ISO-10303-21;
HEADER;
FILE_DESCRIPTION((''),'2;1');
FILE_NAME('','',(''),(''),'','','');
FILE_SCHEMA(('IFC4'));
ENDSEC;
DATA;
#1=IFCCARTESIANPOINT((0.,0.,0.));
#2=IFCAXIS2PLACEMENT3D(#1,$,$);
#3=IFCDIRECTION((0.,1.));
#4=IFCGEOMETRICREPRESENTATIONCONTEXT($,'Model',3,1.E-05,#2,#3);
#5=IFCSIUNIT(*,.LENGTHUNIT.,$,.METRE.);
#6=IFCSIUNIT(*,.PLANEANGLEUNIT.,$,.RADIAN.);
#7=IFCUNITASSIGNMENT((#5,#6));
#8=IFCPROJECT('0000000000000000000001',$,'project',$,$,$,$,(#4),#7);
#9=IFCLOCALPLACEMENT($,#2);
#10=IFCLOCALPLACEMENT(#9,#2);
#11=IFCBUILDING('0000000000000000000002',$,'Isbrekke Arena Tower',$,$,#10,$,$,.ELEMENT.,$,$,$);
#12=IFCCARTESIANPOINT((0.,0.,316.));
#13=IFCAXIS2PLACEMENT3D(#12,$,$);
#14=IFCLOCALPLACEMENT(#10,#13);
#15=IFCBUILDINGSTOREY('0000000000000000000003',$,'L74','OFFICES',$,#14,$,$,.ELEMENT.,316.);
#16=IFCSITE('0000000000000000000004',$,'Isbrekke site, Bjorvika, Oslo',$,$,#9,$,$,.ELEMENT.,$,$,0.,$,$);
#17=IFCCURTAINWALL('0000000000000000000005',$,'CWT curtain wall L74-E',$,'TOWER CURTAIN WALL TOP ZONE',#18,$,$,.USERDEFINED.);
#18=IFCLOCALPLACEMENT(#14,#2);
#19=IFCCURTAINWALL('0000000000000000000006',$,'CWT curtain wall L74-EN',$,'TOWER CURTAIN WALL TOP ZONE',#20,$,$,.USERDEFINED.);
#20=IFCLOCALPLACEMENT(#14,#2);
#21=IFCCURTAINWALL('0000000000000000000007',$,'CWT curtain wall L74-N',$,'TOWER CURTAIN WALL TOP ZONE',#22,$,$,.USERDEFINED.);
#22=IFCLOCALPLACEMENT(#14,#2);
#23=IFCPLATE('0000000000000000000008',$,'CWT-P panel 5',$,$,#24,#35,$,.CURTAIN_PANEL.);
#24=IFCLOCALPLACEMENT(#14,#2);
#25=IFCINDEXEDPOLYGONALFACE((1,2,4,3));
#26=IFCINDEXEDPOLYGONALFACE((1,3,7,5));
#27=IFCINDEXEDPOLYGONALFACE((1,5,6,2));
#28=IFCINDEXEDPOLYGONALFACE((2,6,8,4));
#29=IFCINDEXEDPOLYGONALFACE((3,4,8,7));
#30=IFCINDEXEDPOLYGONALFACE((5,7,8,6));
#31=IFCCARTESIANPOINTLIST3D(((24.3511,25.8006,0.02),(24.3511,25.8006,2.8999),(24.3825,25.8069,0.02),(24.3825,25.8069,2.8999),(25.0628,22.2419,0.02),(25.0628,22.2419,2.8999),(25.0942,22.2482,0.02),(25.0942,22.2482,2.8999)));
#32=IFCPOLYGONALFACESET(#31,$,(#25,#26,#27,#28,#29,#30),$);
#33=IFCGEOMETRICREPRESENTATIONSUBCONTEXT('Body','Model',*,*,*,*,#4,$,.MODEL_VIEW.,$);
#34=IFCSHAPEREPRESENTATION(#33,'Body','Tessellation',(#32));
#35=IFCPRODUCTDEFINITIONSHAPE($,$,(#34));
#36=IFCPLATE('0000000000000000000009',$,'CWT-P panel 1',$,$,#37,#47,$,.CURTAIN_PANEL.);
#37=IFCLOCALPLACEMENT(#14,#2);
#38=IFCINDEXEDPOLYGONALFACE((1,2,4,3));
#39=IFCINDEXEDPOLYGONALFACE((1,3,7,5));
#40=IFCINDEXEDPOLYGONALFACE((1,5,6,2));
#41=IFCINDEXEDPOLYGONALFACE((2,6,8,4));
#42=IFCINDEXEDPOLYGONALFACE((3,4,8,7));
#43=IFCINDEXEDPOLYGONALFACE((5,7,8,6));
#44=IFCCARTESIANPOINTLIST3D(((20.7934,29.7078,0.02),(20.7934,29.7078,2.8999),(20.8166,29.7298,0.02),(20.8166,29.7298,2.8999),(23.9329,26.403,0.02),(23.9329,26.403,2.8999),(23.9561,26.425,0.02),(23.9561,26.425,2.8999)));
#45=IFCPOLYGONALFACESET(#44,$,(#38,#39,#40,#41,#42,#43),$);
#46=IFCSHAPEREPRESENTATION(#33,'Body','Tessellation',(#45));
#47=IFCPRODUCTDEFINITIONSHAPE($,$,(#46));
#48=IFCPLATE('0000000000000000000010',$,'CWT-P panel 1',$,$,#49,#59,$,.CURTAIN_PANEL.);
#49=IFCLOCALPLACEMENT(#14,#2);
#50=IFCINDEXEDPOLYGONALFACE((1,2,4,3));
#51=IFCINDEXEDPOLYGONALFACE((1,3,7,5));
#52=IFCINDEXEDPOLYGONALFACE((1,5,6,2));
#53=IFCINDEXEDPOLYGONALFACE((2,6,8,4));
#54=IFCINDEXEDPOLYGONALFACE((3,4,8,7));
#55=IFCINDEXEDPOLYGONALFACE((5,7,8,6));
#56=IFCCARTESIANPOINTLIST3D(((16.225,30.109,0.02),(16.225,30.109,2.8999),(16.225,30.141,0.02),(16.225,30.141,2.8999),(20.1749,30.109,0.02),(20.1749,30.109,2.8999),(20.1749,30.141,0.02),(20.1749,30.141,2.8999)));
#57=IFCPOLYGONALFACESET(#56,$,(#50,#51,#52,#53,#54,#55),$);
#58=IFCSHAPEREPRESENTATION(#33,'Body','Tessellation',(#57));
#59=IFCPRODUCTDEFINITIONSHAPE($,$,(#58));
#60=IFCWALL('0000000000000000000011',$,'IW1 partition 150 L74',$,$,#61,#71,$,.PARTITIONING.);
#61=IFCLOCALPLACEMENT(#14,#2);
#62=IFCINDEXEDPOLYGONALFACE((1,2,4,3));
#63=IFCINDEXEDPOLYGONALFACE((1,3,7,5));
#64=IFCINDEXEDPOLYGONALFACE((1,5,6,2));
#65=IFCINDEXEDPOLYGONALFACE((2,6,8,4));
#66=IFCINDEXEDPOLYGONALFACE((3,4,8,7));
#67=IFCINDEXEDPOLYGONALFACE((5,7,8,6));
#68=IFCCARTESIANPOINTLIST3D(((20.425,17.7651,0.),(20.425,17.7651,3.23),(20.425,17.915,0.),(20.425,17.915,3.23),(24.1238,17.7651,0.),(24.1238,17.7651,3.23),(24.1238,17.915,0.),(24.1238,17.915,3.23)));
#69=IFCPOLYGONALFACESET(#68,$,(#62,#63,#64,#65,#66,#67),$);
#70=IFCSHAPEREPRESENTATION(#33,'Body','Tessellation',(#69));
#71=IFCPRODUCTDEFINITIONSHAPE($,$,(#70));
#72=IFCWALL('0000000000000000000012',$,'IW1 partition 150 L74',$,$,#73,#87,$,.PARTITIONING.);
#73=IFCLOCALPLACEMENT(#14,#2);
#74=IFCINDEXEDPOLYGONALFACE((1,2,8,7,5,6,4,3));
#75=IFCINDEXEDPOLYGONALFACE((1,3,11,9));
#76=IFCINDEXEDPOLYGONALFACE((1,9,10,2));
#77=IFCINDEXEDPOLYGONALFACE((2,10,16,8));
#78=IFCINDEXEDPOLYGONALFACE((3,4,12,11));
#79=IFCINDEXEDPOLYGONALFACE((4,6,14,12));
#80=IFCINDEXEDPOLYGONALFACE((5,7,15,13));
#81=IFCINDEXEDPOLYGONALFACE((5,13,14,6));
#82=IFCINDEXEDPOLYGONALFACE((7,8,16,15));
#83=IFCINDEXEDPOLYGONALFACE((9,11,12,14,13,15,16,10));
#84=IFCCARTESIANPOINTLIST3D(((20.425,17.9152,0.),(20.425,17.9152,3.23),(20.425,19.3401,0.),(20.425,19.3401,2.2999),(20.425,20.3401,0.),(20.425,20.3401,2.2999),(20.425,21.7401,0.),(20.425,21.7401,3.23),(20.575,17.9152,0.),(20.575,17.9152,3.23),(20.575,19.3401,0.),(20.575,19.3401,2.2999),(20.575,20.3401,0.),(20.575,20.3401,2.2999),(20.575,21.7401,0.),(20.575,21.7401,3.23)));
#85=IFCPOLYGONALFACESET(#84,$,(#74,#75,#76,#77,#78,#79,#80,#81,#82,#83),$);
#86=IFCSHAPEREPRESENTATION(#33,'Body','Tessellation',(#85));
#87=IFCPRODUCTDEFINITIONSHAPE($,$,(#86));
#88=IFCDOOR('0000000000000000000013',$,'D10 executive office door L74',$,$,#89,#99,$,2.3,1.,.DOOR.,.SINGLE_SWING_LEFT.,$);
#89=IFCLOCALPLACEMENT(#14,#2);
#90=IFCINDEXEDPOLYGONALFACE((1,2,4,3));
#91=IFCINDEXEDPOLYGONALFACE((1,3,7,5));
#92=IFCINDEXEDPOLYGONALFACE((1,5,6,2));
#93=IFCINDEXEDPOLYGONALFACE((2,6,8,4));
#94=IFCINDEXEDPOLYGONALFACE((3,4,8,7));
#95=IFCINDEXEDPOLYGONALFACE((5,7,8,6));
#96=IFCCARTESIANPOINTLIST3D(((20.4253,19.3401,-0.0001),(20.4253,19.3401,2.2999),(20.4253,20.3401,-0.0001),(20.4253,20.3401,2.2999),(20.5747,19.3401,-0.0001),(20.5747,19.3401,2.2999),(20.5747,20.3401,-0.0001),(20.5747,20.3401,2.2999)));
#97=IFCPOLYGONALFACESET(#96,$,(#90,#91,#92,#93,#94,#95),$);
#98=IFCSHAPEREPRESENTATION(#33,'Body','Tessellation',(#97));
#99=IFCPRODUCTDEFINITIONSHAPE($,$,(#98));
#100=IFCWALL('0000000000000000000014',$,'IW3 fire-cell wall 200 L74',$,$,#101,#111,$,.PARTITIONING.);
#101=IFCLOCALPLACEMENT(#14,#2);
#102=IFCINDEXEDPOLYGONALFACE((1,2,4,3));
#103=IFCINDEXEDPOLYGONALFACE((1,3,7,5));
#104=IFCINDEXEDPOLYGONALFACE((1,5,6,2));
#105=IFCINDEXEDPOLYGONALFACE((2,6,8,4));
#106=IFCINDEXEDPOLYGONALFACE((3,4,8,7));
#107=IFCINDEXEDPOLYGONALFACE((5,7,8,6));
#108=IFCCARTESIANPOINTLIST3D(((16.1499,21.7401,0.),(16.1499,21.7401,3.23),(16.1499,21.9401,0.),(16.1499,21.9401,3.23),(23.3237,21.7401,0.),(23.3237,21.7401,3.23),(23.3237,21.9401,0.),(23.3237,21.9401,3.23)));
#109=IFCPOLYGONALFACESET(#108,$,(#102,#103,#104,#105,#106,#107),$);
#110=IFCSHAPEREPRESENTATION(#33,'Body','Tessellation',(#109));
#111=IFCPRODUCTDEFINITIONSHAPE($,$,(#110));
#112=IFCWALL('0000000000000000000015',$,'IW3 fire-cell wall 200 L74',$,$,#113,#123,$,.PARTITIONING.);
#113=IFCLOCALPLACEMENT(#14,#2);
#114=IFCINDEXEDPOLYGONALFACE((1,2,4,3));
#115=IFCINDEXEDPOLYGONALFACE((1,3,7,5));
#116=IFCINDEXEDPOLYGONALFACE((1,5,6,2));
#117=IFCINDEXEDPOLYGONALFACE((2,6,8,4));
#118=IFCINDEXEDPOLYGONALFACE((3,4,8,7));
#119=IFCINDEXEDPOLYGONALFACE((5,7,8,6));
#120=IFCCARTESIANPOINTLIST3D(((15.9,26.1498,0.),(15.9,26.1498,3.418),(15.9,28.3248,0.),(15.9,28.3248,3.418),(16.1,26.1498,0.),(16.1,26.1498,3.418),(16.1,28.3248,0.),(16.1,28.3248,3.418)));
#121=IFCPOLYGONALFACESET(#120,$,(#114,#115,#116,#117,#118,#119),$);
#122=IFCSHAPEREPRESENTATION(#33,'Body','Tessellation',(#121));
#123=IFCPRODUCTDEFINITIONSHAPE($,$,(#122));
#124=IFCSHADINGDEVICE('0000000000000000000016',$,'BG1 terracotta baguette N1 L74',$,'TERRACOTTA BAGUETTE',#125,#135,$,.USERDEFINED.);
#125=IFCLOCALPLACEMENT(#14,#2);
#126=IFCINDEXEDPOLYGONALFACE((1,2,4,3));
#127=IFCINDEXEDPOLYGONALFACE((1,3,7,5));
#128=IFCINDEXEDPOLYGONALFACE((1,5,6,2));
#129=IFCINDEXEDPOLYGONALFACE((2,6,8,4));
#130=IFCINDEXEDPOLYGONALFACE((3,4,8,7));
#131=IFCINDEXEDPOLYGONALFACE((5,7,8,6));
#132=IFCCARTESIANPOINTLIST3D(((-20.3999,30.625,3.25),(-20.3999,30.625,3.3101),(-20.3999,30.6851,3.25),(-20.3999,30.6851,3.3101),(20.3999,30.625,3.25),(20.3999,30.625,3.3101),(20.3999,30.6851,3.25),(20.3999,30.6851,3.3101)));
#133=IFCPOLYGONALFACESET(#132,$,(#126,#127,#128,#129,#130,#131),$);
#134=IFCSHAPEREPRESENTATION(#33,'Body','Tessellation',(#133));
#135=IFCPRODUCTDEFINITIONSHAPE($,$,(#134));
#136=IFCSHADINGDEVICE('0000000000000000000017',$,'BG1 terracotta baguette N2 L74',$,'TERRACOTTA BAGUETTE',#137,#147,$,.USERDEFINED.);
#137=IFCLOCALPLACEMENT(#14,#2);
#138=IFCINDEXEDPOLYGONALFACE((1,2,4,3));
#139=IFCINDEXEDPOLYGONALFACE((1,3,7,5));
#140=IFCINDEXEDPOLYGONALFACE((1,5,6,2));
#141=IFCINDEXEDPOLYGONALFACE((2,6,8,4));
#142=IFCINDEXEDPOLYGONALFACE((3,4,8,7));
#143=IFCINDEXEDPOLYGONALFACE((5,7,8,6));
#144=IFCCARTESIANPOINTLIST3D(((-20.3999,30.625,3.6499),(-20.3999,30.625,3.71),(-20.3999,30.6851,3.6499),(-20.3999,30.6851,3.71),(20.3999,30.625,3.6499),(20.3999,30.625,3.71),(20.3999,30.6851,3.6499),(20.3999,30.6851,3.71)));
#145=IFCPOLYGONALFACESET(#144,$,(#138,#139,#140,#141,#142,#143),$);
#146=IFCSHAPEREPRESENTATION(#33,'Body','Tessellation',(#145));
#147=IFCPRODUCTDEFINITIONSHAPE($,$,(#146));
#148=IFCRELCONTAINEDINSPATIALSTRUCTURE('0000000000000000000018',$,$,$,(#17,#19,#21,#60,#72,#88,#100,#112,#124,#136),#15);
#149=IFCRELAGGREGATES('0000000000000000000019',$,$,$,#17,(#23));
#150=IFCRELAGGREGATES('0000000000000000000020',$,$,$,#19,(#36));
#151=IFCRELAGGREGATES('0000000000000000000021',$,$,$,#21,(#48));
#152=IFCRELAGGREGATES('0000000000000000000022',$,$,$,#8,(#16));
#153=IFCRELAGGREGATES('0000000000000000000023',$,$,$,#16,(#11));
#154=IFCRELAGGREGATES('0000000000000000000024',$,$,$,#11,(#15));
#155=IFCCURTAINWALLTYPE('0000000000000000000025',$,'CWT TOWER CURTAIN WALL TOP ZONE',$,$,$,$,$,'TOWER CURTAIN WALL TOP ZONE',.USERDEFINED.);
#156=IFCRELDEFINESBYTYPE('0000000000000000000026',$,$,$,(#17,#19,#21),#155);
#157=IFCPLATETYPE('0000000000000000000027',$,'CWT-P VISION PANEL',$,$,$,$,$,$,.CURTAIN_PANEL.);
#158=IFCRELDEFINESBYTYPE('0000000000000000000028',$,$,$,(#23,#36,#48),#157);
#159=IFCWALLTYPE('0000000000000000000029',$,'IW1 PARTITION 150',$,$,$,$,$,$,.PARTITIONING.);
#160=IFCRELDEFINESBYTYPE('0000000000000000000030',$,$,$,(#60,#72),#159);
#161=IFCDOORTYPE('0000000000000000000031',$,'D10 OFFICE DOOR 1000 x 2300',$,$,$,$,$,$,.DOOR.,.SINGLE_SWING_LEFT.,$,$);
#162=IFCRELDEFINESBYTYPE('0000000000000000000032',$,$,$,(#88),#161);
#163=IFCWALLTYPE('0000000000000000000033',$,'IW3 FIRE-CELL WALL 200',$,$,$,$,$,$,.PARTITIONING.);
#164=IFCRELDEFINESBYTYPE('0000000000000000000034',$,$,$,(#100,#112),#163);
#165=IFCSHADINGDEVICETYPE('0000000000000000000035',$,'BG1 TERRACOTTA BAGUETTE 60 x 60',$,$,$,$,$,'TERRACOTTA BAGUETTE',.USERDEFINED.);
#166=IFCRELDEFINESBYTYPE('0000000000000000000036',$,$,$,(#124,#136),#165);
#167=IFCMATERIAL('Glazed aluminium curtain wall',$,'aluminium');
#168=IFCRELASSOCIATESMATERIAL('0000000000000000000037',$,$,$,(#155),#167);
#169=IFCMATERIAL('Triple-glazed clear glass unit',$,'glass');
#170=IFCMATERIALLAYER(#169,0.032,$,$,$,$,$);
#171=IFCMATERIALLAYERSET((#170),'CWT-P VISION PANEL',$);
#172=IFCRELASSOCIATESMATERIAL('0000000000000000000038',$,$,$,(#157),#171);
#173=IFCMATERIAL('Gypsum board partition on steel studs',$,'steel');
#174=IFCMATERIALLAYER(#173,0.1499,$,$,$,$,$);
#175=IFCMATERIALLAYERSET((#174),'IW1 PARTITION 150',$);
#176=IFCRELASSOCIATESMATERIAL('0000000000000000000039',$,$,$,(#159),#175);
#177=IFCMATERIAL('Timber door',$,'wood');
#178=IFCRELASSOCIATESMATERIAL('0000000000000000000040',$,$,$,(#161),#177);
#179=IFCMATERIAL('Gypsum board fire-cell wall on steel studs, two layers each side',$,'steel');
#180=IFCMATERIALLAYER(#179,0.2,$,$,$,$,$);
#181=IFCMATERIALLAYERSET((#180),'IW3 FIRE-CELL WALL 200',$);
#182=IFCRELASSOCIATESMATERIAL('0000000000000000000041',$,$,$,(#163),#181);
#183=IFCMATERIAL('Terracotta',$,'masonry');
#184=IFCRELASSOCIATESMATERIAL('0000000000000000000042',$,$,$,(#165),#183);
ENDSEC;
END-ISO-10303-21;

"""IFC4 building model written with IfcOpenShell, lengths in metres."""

from ifc_helpers import new_model, si_unit, direction, frame, frame_2d, origin, origin_2d, place, context, subcontext, project, spatial, rectangle, extrude, material, layer, layer_set, material_profile, profile_set, type_object, element, fill, aggregate, save


model = new_model("IFC4")

# Units and contexts
model_context = context("Model", 3, precision=1e-05, world=origin(), true_north=direction((0.0, 1.0)))
body_context = subcontext(model_context, "Body", "Model", "MODEL_VIEW")
ifc_project = project(units=[si_unit("LENGTHUNIT", "METRE"), si_unit("PLANEANGLEUNIT", "RADIAN")], contexts=[model_context])

# Site, building, storey
site_placement = place(None, origin())
site = spatial("IfcSite", under=ifc_project, at=site_placement, Name="Isbrekke site, Bjorvika, Oslo", CompositionType="ELEMENT", RefElevation=0.0)
building_placement = place(site_placement, origin())
building = spatial("IfcBuilding", under=site, at=building_placement, Name="Isbrekke Arena Tower", CompositionType="ELEMENT")
storey_placement = place(building_placement, frame((0.0, 0.0, 316.0)))
storey = spatial("IfcBuildingStorey", under=building, at=storey_placement, Name="L74", Description="OFFICES", CompositionType="ELEMENT", Elevation=316.0)

# Curtain walls
ifc_material_1 = material(Name="Glazed aluminium curtain wall", Category="aluminium")
curtain_wall_type = type_object("IfcCurtainWallType", Name="CWT TOWER CURTAIN WALL TOP ZONE", ElementType="TOWER CURTAIN WALL TOP ZONE", PredefinedType="USERDEFINED", material=ifc_material_1)
curtain_wall_1_placement = place(storey_placement, origin())
curtain_wall_1 = element("IfcCurtainWall", 1, at=curtain_wall_1_placement, inside=storey, type_object=curtain_wall_type, Name="CWT curtain wall L74-E", ObjectType="TOWER CURTAIN WALL TOP ZONE", PredefinedType="USERDEFINED")
curtain_wall_2_placement = place(storey_placement, origin())
curtain_wall_2 = element("IfcCurtainWall", 2, at=curtain_wall_2_placement, inside=storey, type_object=curtain_wall_type, Name="CWT curtain wall L74-EN", ObjectType="TOWER CURTAIN WALL TOP ZONE", PredefinedType="USERDEFINED")
curtain_wall_3_placement = place(storey_placement, origin())
curtain_wall_3 = element("IfcCurtainWall", 3, at=curtain_wall_3_placement, inside=storey, type_object=curtain_wall_type, Name="CWT curtain wall L74-N", ObjectType="TOWER CURTAIN WALL TOP ZONE", PredefinedType="USERDEFINED")

# Plates
ifc_material_2 = material(Name="Triple-glazed clear glass unit", Category="glass")
ifc_layer_1 = layer(ifc_material_2, 0.032)
ifc_layer_set_1 = layer_set([ifc_layer_1], Name="CWT-P VISION PANEL")
plate_type = type_object("IfcPlateType", Name="CWT-P VISION PANEL", PredefinedType="CURTAIN_PANEL", material=ifc_layer_set_1)
plate_1_placement = place(storey_placement, frame((24.7227, 24.0244, 0.02), z_axis=(0.0, 0.0, 1.0), x_axis=(-0.196116, 0.980581, 0.0)))
plate_1 = element("IfcPlate", 4, at=plate_1_placement, type_object=plate_type, Name="CWT-P panel 5", PredefinedType="CURTAIN_PANEL", context=body_context, shape_type="SweptSolid", body=[
    extrude(rectangle(XDim=3.6292, YDim=0.032, at=origin_2d()), origin(), (0.0, 0.0, 1.0), 2.8799),
])
aggregate(curtain_wall_1, [plate_1])
plate_2_placement = place(storey_placement, frame((22.3748, 28.0664, 0.02), z_axis=(0.0, 0.0, 1.0), x_axis=(-0.688749, 0.724999, 0.0)))
plate_2 = element("IfcPlate", 5, at=plate_2_placement, type_object=plate_type, Name="CWT-P panel 1", PredefinedType="CURTAIN_PANEL", context=body_context, shape_type="SweptSolid", body=[
    extrude(rectangle(XDim=4.5583, YDim=0.032, at=origin_2d()), origin(), (0.0, 0.0, 1.0), 2.8799),
])
aggregate(curtain_wall_2, [plate_2])
plate_3_placement = place(storey_placement, frame((18.2, 30.125, 0.02), z_axis=(0.0, 0.0, 1.0), x_axis=(-1.0, 0.0, 0.0)))
plate_3 = element("IfcPlate", 6, at=plate_3_placement, type_object=plate_type, Name="CWT-P panel 1", PredefinedType="CURTAIN_PANEL", context=body_context, shape_type="SweptSolid", body=[
    extrude(rectangle(XDim=3.95, YDim=0.032, at=origin_2d()), origin(), (0.0, 0.0, 1.0), 2.8799),
])
aggregate(curtain_wall_3, [plate_3])

# Wall
ifc_material_3 = material(Name="Gypsum board partition on steel studs", Category="steel")
ifc_layer_2 = layer(ifc_material_3, 0.1499)
ifc_layer_set_2 = layer_set([ifc_layer_2], Name="IW1 PARTITION 150")
wall_type_1 = type_object("IfcWallType", Name="IW1 PARTITION 150", PredefinedType="PARTITIONING", material=ifc_layer_set_2)
wall_1_placement = place(storey_placement, frame((20.425, 17.8401, 0.0), z_axis=(0.0, 0.0, 1.0), x_axis=(1.0, 0.0, 0.0)))
element("IfcWall", 7, at=wall_1_placement, inside=storey, type_object=wall_type_1, Name="IW1 partition 150 L74", PredefinedType="PARTITIONING", context=body_context, shape_type="SweptSolid", body=[
    extrude(rectangle(XDim=3.6987, YDim=0.1499, at=frame_2d((1.8494, 0.0))), origin(), (0.0, 0.0, 1.0), 3.23),
])

# Wall, opening, door
wall_2_placement = place(storey_placement, frame((20.5, 17.915, 0.0), z_axis=(0.0, 0.0, 1.0), x_axis=(0.0, 1.0, 0.0)))
wall_2 = element("IfcWall", 8, at=wall_2_placement, inside=storey, type_object=wall_type_1, Name="IW1 partition 150 L74", PredefinedType="PARTITIONING", context=body_context, shape_type="SweptSolid", body=[
    extrude(rectangle(XDim=3.825, YDim=0.1499, at=frame_2d((1.9126, 0.0))), origin(), (0.0, 0.0, 1.0), 3.23),
])
opening_placement = place(wall_2_placement, frame((1.425, 0.0, 0.0)))
opening = element("IfcOpeningElement", 9, at=opening_placement, cuts=wall_2, PredefinedType="OPENING", context=body_context, shape_type="SweptSolid", body=[
    extrude(rectangle(XDim=1.0, YDim=2.3, at=frame_2d((0.5, 1.1499))), frame((0.0, 0.0898, 0.0), z_axis=(0.0, -1.0, 0.0), x_axis=(1.0, 0.0, 0.0)), (0.0, 0.0, 1.0), 0.1797),
])
ifc_material_4 = material(Name="Timber door", Category="wood")
door_type = type_object("IfcDoorType", Name="D10 OFFICE DOOR 1000 x 2300", OperationType="SINGLE_SWING_LEFT", PredefinedType="DOOR", material=ifc_material_4)
door_placement = place(opening_placement, origin())
door = element("IfcDoor", 10, at=door_placement, inside=storey, type_object=door_type, Name="D10 executive office door L74", OperationType="SINGLE_SWING_LEFT", OverallHeight=2.3, OverallWidth=1.0, PredefinedType="DOOR", context=body_context, shape_type="SweptSolid", body=[
    extrude(rectangle(XDim=1.0, YDim=2.3, at=frame_2d((0.5, 1.1499))), frame((0.0, 0.0747, 0.0), z_axis=(0.0, -1.0, 0.0), x_axis=(1.0, 0.0, 0.0)), (0.0, 0.0, 1.0), 0.1494),
])
fill(opening, door)

# Walls
ifc_material_5 = material(Name="Gypsum board fire-cell wall on steel studs, two layers each side", Category="steel")
ifc_layer_3 = layer(ifc_material_5, 0.2)
ifc_layer_set_3 = layer_set([ifc_layer_3], Name="IW3 FIRE-CELL WALL 200")
wall_type_2 = type_object("IfcWallType", Name="IW3 FIRE-CELL WALL 200", PredefinedType="PARTITIONING", material=ifc_layer_set_3)
wall_3_placement = place(storey_placement, frame((16.1499, 21.8401, 0.0), z_axis=(0.0, 0.0, 1.0), x_axis=(1.0, 0.0, 0.0)))
element("IfcWall", 11, at=wall_3_placement, inside=storey, type_object=wall_type_2, Name="IW3 fire-cell wall 200 L74", PredefinedType="PARTITIONING", context=body_context, shape_type="SweptSolid", body=[
    extrude(rectangle(XDim=7.1738, YDim=0.2, at=frame_2d((3.5869, 0.0))), origin(), (0.0, 0.0, 1.0), 3.23),
])
wall_4_placement = place(storey_placement, frame((16.0, 26.1499, 0.0), z_axis=(0.0, 0.0, 1.0), x_axis=(0.0, 1.0, 0.0)))
element("IfcWall", 12, at=wall_4_placement, inside=storey, type_object=wall_type_2, Name="IW3 fire-cell wall 200 L74", PredefinedType="PARTITIONING", context=body_context, shape_type="SweptSolid", body=[
    extrude(rectangle(XDim=2.175, YDim=0.2, at=frame_2d((1.0874, 0.0))), origin(), (0.0, 0.0, 1.0), 3.418),
])

# Shading devices
ifc_material_6 = material(Name="Terracotta", Category="masonry")
ifc_material_profile_1 = material_profile(ifc_material_6, rectangle(XDim=0.0601, YDim=0.0601, at=origin_2d()), Name="BAGUETTE 60X60")
ifc_profile_set_1 = profile_set([ifc_material_profile_1], Name="Terracotta")
shading_device_type = type_object("IfcShadingDeviceType", Name="BG1 TERRACOTTA BAGUETTE 60 x 60", ElementType="TERRACOTTA BAGUETTE", PredefinedType="USERDEFINED", material=ifc_profile_set_1)
for number, where, z_axis, x_axis, name in (
    (13, (20.3999, 30.655, 3.28), (-1.0, 0.0, 0.0), (0.0, -1.0, 0.0), "BG1 terracotta baguette N1 L74"),
    (14, (20.3999, 30.655, 3.6799), (-1.0, 0.0, 0.0), (0.0, -1.0, 0.0), "BG1 terracotta baguette N2 L74"),
):
    element("IfcShadingDevice", number, at=place(storey_placement, frame(where, z_axis=z_axis, x_axis=x_axis)), inside=storey, type_object=shading_device_type, Name=name, ObjectType="TERRACOTTA BAGUETTE", PredefinedType="USERDEFINED", context=body_context, shape_type="SweptSolid", body=[
        extrude(rectangle(XDim=0.0601, YDim=0.0601, at=origin_2d()), origin(), (0.0, 0.0, 1.0), 40.7998),
    ])

save(model, "model.ifc")
